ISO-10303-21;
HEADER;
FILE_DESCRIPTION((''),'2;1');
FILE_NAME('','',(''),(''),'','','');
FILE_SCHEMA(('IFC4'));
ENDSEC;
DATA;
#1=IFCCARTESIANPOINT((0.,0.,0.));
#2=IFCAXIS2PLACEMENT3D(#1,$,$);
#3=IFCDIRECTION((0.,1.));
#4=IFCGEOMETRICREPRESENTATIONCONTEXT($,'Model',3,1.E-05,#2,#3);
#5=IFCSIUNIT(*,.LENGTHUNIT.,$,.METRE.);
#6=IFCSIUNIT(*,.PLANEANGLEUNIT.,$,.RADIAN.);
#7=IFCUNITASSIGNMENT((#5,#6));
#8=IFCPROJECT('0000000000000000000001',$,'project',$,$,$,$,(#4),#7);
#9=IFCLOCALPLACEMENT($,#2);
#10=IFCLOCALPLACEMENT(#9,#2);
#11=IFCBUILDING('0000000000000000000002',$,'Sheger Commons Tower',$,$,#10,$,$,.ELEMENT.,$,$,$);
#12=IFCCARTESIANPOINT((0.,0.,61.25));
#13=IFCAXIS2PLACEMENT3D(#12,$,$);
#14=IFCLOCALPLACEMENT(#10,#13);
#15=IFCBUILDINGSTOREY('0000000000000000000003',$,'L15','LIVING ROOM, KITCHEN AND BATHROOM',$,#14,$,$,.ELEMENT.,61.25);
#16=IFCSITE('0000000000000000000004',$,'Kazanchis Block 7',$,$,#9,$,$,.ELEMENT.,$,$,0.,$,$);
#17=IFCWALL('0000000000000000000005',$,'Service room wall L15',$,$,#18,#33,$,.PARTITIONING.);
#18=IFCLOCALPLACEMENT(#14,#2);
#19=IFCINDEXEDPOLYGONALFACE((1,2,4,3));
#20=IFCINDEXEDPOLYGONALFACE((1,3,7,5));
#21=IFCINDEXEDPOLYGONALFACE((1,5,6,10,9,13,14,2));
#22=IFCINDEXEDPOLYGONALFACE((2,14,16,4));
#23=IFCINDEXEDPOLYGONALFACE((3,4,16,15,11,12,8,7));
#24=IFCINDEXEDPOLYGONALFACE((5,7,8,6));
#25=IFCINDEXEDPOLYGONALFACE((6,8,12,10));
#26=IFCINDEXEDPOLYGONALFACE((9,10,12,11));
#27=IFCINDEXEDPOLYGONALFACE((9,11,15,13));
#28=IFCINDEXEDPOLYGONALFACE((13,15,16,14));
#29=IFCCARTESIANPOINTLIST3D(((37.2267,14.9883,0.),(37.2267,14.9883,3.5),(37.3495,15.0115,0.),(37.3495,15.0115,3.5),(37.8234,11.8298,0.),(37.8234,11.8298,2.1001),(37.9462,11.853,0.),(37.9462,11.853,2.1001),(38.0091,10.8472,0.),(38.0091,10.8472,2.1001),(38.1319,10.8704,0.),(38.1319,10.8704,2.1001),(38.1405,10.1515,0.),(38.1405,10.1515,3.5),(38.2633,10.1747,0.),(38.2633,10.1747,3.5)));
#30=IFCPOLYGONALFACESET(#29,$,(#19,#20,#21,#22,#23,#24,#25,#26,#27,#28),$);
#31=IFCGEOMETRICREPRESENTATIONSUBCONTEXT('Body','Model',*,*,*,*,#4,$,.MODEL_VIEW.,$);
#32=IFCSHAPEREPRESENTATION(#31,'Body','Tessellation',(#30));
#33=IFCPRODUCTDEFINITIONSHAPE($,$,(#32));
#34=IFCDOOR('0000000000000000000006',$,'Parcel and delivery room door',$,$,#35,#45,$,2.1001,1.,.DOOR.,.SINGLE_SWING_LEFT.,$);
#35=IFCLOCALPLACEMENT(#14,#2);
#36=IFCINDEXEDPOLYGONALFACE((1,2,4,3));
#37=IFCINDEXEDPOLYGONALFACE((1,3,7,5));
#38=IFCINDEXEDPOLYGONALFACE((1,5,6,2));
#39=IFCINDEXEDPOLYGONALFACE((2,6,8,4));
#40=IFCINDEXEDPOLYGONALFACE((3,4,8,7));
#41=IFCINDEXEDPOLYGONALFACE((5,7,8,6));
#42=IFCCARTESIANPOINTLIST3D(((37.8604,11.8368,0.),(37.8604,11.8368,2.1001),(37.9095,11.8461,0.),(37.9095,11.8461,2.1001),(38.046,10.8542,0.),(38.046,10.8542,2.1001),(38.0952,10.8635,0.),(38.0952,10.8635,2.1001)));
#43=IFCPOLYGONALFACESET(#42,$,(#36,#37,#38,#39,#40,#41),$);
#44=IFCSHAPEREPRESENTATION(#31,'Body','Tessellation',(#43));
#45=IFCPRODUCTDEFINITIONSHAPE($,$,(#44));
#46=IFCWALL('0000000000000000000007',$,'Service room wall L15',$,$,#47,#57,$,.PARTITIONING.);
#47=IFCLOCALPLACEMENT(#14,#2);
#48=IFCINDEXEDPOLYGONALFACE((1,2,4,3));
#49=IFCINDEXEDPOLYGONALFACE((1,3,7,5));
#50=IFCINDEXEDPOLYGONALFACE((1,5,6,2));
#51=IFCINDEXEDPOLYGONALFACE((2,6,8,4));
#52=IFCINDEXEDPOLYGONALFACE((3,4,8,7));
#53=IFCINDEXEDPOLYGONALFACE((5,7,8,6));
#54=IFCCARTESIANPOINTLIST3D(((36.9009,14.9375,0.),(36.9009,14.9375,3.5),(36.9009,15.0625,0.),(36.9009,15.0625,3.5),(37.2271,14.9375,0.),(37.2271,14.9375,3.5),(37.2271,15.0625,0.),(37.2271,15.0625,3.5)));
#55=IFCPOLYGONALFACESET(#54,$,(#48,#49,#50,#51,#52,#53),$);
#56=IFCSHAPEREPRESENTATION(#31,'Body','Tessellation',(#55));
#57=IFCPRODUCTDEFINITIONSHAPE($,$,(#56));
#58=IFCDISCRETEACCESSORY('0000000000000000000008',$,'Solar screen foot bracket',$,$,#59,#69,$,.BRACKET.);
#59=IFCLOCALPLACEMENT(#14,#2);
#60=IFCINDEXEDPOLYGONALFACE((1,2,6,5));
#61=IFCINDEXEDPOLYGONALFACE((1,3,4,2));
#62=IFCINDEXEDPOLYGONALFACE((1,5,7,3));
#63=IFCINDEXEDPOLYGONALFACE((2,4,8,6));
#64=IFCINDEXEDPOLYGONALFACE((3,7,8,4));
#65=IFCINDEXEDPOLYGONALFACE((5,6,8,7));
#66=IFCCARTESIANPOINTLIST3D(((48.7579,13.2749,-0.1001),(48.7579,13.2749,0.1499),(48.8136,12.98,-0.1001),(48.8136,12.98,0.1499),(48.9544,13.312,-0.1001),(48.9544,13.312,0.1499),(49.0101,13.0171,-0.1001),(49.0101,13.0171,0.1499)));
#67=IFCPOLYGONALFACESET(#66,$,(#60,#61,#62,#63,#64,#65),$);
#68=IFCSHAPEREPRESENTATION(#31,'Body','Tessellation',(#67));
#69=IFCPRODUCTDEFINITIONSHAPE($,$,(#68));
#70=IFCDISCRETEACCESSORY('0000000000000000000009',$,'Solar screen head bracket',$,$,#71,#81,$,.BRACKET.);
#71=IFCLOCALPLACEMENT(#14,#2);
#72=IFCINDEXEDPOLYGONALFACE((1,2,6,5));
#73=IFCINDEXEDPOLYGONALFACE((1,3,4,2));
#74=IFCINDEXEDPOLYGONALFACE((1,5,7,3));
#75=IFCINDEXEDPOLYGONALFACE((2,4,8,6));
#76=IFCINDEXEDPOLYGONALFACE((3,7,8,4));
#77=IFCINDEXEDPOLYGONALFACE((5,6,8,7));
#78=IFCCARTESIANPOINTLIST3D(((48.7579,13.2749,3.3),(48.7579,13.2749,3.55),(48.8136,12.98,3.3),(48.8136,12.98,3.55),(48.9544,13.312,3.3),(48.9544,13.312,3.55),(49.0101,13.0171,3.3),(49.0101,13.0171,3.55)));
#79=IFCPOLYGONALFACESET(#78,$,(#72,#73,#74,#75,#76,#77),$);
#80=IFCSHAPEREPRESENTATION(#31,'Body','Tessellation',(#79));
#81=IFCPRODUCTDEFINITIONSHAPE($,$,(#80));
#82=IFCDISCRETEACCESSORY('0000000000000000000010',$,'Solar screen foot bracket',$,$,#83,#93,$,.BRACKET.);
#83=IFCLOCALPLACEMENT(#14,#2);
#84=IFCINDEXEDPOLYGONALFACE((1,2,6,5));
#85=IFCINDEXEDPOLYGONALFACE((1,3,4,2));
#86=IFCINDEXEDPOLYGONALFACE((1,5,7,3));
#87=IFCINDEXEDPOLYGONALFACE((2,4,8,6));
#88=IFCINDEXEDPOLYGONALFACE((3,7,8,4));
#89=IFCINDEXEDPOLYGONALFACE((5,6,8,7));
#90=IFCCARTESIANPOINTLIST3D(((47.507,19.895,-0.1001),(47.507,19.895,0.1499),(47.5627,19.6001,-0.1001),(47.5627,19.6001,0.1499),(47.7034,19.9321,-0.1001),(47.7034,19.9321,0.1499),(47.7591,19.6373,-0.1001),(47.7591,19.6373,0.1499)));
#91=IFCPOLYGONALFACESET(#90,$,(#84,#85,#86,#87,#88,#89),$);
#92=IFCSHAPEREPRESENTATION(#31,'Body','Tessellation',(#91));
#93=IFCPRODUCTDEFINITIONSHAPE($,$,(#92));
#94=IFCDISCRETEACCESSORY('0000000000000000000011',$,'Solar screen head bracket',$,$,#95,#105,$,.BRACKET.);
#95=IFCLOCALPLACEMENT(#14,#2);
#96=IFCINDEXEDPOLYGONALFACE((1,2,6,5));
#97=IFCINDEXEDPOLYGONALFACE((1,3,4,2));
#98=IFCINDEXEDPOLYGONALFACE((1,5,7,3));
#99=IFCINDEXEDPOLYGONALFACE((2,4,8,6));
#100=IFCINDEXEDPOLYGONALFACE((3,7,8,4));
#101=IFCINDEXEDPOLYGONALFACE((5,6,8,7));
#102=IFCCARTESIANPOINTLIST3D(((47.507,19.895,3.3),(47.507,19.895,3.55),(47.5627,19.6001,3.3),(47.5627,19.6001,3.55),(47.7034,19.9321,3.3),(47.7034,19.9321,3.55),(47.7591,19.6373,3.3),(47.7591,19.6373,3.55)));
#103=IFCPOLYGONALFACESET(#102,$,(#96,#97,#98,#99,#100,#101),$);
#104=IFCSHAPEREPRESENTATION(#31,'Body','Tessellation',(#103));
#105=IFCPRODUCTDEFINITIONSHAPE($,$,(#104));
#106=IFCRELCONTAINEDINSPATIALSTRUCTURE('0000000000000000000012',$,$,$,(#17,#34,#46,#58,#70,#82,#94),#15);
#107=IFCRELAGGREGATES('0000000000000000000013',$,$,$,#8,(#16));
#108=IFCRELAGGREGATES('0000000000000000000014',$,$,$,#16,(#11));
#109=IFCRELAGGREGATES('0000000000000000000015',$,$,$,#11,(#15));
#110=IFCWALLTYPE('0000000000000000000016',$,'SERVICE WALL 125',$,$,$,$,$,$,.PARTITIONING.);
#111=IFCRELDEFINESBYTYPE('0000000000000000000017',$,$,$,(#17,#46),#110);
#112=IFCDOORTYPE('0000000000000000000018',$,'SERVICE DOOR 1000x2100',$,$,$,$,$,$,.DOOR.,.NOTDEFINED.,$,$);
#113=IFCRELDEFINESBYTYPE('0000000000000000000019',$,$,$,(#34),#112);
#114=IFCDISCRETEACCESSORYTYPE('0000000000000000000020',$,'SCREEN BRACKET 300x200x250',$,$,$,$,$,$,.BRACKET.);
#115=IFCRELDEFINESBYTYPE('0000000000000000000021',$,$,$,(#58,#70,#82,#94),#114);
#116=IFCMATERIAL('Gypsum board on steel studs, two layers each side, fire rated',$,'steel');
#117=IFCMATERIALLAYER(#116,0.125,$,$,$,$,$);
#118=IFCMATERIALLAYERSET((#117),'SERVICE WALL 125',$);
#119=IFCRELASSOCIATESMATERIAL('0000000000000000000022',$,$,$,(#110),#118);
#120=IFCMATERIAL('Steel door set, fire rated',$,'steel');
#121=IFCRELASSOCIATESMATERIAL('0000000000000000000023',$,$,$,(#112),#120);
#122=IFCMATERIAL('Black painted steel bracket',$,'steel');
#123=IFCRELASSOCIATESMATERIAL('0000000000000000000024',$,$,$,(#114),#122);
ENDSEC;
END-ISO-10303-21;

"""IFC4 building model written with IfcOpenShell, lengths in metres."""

from ifc_helpers import new_model, si_unit, direction, frame, frame_2d, origin, origin_2d, place, context, subcontext, project, spatial, rectangle, extrude, material, layer, layer_set, type_object, element, fill, save


model = new_model("IFC4")

# Units and contexts
model_context = context("Model", 3, precision=1e-05, world=origin(), true_north=direction((0.0, 1.0)))
body_context = subcontext(model_context, "Body", "Model", "MODEL_VIEW")
ifc_project = project(units=[si_unit("LENGTHUNIT", "METRE"), si_unit("PLANEANGLEUNIT", "RADIAN")], contexts=[model_context])

# Site, building, storey
site_placement = place(None, origin())
site = spatial("IfcSite", under=ifc_project, at=site_placement, Name="Kazanchis Block 7", CompositionType="ELEMENT", RefElevation=0.0)
building_placement = place(site_placement, origin())
building = spatial("IfcBuilding", under=site, at=building_placement, Name="Sheger Commons Tower", CompositionType="ELEMENT")
storey_placement = place(building_placement, frame((0.0, 0.0, 61.25)))
storey = spatial("IfcBuildingStorey", under=building, at=storey_placement, Name="L15", Description="LIVING ROOM, KITCHEN AND BATHROOM", CompositionType="ELEMENT", Elevation=61.25)

# Wall, opening, door
ifc_material_1 = material(Name="Gypsum board on steel studs, two layers each side, fire rated", Category="steel")
ifc_layer_1 = layer(ifc_material_1, 0.125)
ifc_layer_set_1 = layer_set([ifc_layer_1], Name="SERVICE WALL 125")
wall_type_1 = type_object("IfcWallType", Name="SERVICE WALL 125", PredefinedType="PARTITIONING", material=ifc_layer_set_1)
wall_1_placement = place(storey_placement, frame((38.2019, 10.1631, 0.0), z_axis=(0.0, 0.0, 1.0), x_axis=(-0.185642, 0.982617, 0.0)))
wall_1 = element("IfcWall", 1, at=wall_1_placement, inside=storey, type_object=wall_type_1, Name="Service room wall L15", PredefinedType="PARTITIONING", context=body_context, shape_type="SweptSolid", body=[
    extrude(rectangle(XDim=4.9224, YDim=0.125, at=frame_2d((2.4612, 0.0))), origin(), (0.0, 0.0, 1.0), 3.5),
])
opening_1_placement = place(wall_1_placement, frame((0.708, 0.0, 0.0)))
opening_1 = element("IfcOpeningElement", 2, at=opening_1_placement, cuts=wall_1, PredefinedType="OPENING", context=body_context, shape_type="SweptSolid", body=[
    extrude(rectangle(XDim=1.0, YDim=2.1001, at=frame_2d((0.5, 1.05))), frame((0.0, 0.0725, 0.0), z_axis=(0.0, -1.0, 0.0), x_axis=(1.0, 0.0, 0.0)), (0.0, 0.0, 1.0), 0.145),
])
ifc_material_2 = material(Name="Steel door set, fire rated", Category="steel")
door_type_1 = type_object("IfcDoorType", Name="SERVICE DOOR 1000x2100", OperationType="NOTDEFINED", PredefinedType="DOOR", material=ifc_material_2)
door_1_placement = place(opening_1_placement, origin())
door_1 = element("IfcDoor", 3, at=door_1_placement, inside=storey, type_object=door_type_1, Name="Parcel and delivery room door", OperationType="SINGLE_SWING_LEFT", OverallHeight=2.1001, OverallWidth=1.0, PredefinedType="DOOR", context=body_context, shape_type="SweptSolid", body=[
    extrude(rectangle(XDim=1.0, YDim=2.1001, at=frame_2d((0.5, 1.05))), frame((0.0, 0.0249, 0.0), z_axis=(0.0, -1.0, 0.0), x_axis=(1.0, 0.0, 0.0)), (0.0, 0.0, 1.0), 0.05),
])
fill(opening_1, door_1)

# Wall
wall_2_placement = place(storey_placement, frame((36.9009, 15.0, 0.0), z_axis=(0.0, 0.0, 1.0), x_axis=(1.0, 0.0, 0.0)))
element("IfcWall", 4, at=wall_2_placement, inside=storey, type_object=wall_type_1, Name="Service room wall L15", PredefinedType="PARTITIONING", context=body_context, shape_type="SweptSolid", body=[
    extrude(rectangle(XDim=0.3262, YDim=0.125, at=frame_2d((0.1631, 0.0))), origin(), (0.0, 0.0, 1.0), 3.5),
])

# Discrete accessories
ifc_material_3 = material(Name="Black painted steel bracket", Category="steel")
discrete_accessory_type = type_object("IfcDiscreteAccessoryType", Name="SCREEN BRACKET 300x200x250", PredefinedType="BRACKET", material=ifc_material_3)
for number, where, z_axis, x_axis, name in (
    (5, (48.884, 13.146, -0.1001), (0.0, 0.0, 1.0), (-0.185615, 0.982623, 0.0), "Solar screen foot bracket"),
    (6, (48.884, 13.146, 3.3), (0.0, 0.0, 1.0), (-0.185615, 0.982623, 0.0), "Solar screen head bracket"),
    (7, (47.6331, 19.7661, -0.1001), (0.0, 0.0, 1.0), (-0.185615, 0.982623, 0.0), "Solar screen foot bracket"),
    (8, (47.6331, 19.7661, 3.3), (0.0, 0.0, 1.0), (-0.185615, 0.982623, 0.0), "Solar screen head bracket"),
):
    element("IfcDiscreteAccessory", number, at=place(storey_placement, frame(where, z_axis=z_axis, x_axis=x_axis)), inside=storey, type_object=discrete_accessory_type, Name=name, PredefinedType="BRACKET", context=body_context, shape_type="SweptSolid", body=[
        extrude(rectangle(XDim=0.3, YDim=0.2, at=origin_2d()), origin(), (0.0, 0.0, 1.0), 0.25),
    ])

save(model, "model.ifc")
